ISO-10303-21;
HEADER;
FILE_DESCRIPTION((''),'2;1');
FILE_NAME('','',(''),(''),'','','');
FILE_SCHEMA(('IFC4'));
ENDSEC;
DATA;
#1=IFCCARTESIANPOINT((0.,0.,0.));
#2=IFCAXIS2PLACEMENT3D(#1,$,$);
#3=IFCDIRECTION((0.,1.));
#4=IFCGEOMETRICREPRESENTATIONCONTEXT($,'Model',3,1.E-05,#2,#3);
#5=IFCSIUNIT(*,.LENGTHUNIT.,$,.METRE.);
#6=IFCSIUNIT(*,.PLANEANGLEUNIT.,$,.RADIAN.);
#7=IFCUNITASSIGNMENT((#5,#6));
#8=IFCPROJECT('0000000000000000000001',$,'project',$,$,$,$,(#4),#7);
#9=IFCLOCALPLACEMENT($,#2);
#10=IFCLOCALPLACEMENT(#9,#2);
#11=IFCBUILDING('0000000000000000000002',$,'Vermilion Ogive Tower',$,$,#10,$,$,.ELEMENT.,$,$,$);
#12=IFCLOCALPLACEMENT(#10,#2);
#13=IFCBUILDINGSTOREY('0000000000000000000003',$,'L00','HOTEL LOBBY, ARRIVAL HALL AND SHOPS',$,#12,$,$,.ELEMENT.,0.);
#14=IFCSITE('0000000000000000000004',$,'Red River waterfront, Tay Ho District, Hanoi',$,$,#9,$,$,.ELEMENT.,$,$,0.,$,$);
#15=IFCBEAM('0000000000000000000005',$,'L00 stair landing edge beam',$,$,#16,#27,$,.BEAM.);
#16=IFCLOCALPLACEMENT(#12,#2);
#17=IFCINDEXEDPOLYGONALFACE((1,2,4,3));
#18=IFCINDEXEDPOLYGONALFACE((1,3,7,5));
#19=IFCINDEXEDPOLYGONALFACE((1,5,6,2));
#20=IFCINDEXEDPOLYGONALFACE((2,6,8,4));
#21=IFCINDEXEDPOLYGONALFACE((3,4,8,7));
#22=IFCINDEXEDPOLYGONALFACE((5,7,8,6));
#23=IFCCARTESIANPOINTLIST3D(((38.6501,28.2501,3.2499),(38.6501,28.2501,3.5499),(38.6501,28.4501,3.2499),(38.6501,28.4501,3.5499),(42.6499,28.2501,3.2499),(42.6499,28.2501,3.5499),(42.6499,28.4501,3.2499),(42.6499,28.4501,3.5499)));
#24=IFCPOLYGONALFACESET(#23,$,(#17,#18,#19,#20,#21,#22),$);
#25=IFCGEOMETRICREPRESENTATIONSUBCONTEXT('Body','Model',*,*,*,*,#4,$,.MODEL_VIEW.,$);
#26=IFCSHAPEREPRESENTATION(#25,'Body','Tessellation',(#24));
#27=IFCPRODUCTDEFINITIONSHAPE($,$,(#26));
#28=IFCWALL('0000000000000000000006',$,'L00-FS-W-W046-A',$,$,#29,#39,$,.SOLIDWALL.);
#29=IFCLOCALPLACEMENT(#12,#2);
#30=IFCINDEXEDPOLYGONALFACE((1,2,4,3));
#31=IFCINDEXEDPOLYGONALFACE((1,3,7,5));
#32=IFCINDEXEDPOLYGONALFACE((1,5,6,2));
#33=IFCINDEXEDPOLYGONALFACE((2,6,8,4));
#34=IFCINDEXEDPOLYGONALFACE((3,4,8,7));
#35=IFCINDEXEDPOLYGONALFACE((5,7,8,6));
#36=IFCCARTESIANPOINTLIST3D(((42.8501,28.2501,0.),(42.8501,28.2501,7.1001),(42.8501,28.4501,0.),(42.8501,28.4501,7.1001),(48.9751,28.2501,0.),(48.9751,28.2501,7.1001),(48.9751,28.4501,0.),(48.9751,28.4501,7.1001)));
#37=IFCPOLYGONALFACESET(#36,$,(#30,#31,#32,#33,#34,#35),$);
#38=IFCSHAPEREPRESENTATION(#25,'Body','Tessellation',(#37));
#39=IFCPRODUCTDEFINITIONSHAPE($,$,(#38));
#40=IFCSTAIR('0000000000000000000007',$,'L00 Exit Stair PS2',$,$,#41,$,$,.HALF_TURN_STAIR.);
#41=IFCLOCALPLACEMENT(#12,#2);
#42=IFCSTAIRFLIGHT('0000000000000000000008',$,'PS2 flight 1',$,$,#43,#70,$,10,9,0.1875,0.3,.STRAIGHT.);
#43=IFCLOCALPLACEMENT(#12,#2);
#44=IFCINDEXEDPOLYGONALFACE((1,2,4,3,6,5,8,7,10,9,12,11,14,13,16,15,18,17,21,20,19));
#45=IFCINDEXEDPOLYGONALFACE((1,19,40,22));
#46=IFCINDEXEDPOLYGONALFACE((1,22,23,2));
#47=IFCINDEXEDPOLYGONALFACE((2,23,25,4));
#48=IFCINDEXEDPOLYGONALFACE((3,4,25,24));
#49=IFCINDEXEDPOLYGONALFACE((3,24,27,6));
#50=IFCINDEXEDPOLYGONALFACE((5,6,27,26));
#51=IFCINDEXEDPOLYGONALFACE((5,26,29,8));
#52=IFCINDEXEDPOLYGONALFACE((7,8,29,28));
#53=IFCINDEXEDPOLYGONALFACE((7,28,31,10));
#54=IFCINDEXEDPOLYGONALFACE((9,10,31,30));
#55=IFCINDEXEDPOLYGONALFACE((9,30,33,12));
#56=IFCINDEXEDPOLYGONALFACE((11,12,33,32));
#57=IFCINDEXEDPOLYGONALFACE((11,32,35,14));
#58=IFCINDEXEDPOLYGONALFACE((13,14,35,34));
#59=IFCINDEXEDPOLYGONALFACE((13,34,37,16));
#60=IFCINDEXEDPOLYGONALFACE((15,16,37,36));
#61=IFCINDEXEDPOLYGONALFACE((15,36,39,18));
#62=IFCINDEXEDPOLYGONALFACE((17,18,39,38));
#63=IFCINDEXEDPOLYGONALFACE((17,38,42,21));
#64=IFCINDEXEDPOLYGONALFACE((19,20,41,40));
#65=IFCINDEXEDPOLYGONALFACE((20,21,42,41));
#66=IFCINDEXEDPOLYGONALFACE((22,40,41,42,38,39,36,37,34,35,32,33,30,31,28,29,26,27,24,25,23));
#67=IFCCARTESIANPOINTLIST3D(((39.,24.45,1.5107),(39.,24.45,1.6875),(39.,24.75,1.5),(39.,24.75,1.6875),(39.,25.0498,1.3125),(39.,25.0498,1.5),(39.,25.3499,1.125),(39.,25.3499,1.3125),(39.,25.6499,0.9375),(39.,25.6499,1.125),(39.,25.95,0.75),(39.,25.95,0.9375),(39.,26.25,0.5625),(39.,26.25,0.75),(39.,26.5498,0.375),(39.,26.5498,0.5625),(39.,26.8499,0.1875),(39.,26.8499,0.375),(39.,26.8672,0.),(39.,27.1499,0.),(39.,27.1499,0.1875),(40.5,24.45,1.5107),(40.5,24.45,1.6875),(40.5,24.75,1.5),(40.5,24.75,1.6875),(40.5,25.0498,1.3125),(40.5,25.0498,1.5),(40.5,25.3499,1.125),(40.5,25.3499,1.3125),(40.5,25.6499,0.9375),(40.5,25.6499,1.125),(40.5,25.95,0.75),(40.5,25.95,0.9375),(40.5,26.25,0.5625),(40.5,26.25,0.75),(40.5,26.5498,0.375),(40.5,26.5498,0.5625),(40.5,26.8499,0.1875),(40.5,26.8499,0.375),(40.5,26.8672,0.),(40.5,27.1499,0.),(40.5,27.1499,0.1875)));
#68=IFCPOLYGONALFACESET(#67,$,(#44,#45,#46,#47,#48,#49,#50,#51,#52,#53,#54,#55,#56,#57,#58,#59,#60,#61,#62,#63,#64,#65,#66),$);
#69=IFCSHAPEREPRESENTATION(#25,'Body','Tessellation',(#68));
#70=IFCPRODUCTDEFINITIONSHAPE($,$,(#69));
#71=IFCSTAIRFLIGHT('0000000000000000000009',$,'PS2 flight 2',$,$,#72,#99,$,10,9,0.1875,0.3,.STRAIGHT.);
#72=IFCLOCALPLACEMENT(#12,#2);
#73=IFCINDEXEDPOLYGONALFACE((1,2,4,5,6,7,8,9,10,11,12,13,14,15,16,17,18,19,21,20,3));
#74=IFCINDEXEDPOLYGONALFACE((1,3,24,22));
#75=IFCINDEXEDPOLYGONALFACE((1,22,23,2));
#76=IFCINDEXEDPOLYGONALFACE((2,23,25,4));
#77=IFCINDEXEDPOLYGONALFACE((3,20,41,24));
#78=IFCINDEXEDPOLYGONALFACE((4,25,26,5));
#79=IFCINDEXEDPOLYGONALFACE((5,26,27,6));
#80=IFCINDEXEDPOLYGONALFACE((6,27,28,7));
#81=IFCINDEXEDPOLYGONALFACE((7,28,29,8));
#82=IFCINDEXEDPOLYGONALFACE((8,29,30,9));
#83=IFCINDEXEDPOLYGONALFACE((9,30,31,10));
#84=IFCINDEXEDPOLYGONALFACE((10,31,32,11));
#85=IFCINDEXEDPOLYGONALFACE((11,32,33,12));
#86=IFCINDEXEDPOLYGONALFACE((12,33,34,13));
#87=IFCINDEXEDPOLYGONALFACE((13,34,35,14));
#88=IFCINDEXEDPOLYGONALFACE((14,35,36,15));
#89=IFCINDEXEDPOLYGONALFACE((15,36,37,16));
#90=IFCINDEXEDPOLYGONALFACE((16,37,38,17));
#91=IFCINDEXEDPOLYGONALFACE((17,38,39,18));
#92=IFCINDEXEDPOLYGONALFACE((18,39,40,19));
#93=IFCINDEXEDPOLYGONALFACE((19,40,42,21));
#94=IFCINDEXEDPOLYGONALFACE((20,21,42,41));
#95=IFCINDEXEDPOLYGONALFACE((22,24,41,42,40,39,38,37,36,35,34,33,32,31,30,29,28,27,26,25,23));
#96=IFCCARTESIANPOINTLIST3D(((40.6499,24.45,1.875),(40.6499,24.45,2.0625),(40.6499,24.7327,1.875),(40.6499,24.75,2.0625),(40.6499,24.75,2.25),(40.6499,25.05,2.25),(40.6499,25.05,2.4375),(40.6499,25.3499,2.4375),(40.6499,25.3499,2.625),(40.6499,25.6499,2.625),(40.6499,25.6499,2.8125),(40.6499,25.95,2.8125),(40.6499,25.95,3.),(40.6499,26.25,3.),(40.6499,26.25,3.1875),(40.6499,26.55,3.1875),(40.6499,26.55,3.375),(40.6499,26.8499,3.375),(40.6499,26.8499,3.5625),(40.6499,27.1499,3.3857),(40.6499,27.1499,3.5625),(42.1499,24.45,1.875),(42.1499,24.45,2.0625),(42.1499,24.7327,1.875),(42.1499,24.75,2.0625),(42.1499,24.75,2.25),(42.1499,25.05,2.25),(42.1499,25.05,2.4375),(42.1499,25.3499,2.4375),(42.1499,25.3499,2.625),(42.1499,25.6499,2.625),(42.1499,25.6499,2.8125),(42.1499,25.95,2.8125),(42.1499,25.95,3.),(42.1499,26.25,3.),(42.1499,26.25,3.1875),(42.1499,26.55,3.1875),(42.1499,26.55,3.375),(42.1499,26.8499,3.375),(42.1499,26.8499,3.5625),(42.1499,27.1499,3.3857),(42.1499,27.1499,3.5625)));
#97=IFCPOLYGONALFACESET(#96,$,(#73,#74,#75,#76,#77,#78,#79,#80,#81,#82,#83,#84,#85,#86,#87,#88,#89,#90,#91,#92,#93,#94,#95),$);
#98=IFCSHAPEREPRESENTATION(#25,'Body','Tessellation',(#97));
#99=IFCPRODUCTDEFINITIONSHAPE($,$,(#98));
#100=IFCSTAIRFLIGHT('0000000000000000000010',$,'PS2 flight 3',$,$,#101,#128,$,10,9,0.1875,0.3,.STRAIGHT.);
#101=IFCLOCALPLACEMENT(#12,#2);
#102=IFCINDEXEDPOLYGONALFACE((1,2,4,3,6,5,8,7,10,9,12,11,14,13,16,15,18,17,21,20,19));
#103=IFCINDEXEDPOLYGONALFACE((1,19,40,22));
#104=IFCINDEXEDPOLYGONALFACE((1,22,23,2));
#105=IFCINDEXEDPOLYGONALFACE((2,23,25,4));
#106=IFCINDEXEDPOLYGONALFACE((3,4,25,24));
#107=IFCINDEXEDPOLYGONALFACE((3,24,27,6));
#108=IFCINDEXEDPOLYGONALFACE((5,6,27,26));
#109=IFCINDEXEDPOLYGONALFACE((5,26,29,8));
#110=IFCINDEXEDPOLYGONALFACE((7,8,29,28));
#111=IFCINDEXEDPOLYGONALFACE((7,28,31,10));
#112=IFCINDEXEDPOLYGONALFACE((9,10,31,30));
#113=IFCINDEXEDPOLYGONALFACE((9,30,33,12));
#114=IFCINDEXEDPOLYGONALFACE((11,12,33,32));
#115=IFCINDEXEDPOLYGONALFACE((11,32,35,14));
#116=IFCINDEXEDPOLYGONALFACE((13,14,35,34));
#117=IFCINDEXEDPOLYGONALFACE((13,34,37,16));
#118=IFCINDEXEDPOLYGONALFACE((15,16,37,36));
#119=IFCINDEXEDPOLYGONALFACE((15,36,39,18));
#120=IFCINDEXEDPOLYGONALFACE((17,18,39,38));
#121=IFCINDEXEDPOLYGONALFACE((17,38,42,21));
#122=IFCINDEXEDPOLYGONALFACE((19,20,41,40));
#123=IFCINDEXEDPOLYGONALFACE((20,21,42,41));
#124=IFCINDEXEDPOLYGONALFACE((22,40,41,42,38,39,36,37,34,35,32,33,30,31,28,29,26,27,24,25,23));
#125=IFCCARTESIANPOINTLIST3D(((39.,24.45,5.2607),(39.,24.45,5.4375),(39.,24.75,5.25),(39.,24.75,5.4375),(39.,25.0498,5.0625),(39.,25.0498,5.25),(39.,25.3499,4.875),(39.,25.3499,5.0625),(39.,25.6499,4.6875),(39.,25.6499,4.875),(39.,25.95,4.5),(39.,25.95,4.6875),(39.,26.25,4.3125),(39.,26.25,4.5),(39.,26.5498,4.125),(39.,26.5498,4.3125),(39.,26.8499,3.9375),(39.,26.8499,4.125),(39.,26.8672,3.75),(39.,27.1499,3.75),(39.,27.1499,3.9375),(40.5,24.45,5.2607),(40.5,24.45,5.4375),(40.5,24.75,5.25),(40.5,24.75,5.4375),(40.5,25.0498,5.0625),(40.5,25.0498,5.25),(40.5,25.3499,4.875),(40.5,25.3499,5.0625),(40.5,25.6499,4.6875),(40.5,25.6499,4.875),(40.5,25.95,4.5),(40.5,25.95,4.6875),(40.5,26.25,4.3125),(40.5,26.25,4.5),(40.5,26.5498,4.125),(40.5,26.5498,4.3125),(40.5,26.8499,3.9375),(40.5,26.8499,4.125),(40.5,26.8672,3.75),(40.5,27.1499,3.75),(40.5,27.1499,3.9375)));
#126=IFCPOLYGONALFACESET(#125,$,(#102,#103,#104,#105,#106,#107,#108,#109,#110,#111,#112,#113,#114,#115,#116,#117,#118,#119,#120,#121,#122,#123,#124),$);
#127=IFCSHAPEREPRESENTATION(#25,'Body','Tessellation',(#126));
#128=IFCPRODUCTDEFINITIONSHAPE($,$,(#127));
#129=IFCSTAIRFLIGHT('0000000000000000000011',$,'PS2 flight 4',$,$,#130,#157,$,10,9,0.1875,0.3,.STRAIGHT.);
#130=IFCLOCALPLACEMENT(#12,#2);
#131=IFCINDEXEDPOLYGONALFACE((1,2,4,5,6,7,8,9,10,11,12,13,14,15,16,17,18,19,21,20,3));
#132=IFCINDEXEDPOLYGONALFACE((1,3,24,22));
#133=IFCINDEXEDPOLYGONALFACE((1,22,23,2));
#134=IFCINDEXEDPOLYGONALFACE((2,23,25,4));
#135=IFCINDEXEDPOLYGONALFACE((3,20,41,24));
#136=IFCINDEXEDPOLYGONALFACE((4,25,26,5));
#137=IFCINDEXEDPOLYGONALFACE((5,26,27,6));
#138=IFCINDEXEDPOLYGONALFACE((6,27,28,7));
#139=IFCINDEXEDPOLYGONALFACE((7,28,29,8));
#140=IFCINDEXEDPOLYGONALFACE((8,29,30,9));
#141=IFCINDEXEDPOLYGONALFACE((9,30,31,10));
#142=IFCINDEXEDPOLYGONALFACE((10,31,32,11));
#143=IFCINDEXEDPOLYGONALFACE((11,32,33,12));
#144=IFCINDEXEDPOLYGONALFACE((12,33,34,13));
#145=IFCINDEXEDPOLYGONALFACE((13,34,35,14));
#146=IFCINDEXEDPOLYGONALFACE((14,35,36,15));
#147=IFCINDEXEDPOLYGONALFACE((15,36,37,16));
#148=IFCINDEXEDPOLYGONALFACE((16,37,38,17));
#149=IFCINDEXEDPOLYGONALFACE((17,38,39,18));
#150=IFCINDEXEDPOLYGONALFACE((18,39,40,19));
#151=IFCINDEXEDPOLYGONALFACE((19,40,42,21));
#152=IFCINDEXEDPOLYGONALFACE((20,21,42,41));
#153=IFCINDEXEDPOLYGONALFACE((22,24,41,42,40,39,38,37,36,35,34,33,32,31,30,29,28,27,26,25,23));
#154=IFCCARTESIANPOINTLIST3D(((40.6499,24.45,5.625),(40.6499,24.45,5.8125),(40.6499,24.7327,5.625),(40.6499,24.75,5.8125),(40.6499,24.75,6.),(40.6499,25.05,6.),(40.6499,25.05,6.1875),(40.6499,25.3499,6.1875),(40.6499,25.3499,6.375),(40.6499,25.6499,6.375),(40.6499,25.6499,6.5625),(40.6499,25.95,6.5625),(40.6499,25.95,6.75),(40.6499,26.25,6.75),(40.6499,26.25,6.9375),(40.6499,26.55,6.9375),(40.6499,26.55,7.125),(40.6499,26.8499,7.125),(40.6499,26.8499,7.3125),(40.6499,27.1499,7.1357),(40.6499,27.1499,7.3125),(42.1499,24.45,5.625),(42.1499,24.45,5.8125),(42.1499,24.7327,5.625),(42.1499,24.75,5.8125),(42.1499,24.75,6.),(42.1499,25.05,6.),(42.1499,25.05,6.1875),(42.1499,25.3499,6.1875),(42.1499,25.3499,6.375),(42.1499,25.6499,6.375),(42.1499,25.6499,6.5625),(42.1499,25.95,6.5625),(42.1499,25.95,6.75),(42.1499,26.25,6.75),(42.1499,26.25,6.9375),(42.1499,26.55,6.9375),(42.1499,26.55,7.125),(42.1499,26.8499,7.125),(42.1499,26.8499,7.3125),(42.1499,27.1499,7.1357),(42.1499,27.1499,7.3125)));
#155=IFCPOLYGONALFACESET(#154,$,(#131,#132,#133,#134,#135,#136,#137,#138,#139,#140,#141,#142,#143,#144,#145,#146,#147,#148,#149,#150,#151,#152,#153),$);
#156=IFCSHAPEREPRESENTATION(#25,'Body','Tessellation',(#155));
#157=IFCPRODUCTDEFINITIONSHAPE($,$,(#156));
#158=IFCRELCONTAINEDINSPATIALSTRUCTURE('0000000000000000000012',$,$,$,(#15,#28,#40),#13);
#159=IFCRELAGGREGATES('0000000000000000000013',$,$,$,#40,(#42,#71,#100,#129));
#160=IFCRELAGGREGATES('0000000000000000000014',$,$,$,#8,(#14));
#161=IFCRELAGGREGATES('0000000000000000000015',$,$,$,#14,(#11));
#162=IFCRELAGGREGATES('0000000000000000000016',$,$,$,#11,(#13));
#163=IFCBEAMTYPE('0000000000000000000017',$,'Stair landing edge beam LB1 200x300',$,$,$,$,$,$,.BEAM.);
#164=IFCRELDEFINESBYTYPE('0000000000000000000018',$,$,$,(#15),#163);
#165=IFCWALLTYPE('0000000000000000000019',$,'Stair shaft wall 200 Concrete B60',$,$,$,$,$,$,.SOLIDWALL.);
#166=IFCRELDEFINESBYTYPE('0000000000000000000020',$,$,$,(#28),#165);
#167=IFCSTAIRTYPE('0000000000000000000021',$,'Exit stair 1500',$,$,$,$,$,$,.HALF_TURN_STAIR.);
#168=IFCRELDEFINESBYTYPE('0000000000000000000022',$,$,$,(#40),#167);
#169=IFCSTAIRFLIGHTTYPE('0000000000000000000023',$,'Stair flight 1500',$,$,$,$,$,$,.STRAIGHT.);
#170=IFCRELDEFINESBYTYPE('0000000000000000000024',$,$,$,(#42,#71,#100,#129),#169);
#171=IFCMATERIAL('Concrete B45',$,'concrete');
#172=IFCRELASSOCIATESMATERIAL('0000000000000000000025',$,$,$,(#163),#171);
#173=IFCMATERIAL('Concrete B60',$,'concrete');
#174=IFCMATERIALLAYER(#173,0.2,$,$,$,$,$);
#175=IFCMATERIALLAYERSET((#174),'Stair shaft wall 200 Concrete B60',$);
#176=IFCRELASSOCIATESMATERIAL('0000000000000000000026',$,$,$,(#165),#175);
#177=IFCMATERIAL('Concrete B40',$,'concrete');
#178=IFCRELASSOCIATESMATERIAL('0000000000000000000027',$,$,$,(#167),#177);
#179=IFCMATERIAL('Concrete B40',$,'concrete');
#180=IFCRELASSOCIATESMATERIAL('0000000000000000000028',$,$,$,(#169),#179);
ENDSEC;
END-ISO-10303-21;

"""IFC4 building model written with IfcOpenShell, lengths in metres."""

from ifc_helpers import new_model, si_unit, direction, frame, frame_2d, origin, origin_2d, place, context, subcontext, project, spatial, polyline, rectangle, outline, extrude, material, layer, layer_set, material_profile, profile_set, type_object, element, aggregate, save


model = new_model("IFC4")

# Units and contexts
model_context = context("Model", 3, precision=1e-05, world=origin(), true_north=direction((0.0, 1.0)))
body_context = subcontext(model_context, "Body", "Model", "MODEL_VIEW")
ifc_project = project(units=[si_unit("LENGTHUNIT", "METRE"), si_unit("PLANEANGLEUNIT", "RADIAN")], contexts=[model_context])

# Site, building, storey
site_placement = place(None, origin())
site = spatial("IfcSite", under=ifc_project, at=site_placement, Name="Red River waterfront, Tay Ho District, Hanoi", CompositionType="ELEMENT", RefElevation=0.0)
building_placement = place(site_placement, origin())
building = spatial("IfcBuilding", under=site, at=building_placement, Name="Vermilion Ogive Tower", CompositionType="ELEMENT")
storey_placement = place(building_placement, origin())
storey = spatial("IfcBuildingStorey", under=building, at=storey_placement, Name="L00", Description="HOTEL LOBBY, ARRIVAL HALL AND SHOPS", CompositionType="ELEMENT", Elevation=0.0)

# Beam
ifc_material_1 = material(Name="Concrete B45", Category="concrete")
ifc_material_profile = material_profile(ifc_material_1, rectangle(XDim=0.2, YDim=0.3, at=origin_2d()), Name="RC 200x300")
ifc_profile_set = profile_set([ifc_material_profile], Name="Concrete B45")
beam_type = type_object("IfcBeamType", Name="Stair landing edge beam LB1 200x300", PredefinedType="BEAM", material=ifc_profile_set)
beam_placement = place(storey_placement, frame((38.6501, 28.3501, 3.3999), z_axis=(1.0, 0.0, 0.0), x_axis=(0.0, 1.0, 0.0)))
element("IfcBeam", 1, at=beam_placement, inside=storey, type_object=beam_type, Name="L00 stair landing edge beam", PredefinedType="BEAM", context=body_context, shape_type="SweptSolid", body=[
    extrude(rectangle(XDim=0.2, YDim=0.3, at=origin_2d()), origin(), (0.0, 0.0, 1.0), 3.9998),
])

# Wall
ifc_material_2 = material(Name="Concrete B60", Category="concrete")
ifc_layer = layer(ifc_material_2, 0.2)
ifc_layer_set = layer_set([ifc_layer], Name="Stair shaft wall 200 Concrete B60")
wall_type = type_object("IfcWallType", Name="Stair shaft wall 200 Concrete B60", PredefinedType="SOLIDWALL", material=ifc_layer_set)
wall_placement = place(storey_placement, frame((42.8501, 28.3501, 0.0), z_axis=(0.0, 0.0, 1.0), x_axis=(1.0, 0.0, 0.0)))
element("IfcWall", 2, at=wall_placement, inside=storey, type_object=wall_type, Name="L00-FS-W-W046-A", PredefinedType="SOLIDWALL", context=body_context, shape_type="SweptSolid", body=[
    extrude(rectangle(XDim=6.125, YDim=0.2, at=frame_2d((3.0625, 0.0))), origin(), (0.0, 0.0, 1.0), 7.1001),
])

# Stair, stair flights
ifc_material_3 = material(Name="Concrete B40", Category="concrete")
stair_type = type_object("IfcStairType", Name="Exit stair 1500", PredefinedType="HALF_TURN_STAIR", material=ifc_material_3)
stair_1_placement = place(storey_placement, origin())
stair_1 = element("IfcStair", 3, at=stair_1_placement, inside=storey, type_object=stair_type, Name="L00 Exit Stair PS2", PredefinedType="HALF_TURN_STAIR")
ifc_material_4 = material(Name="Concrete B40", Category="concrete")
stair_flight_type = type_object("IfcStairFlightType", Name="Stair flight 1500", PredefinedType="STRAIGHT", material=ifc_material_4)
stair_flight_1_placement = place(storey_placement, frame((39.75, 27.1499, 0.0), z_axis=(0.0, 0.0, 1.0), x_axis=(0.0, -1.0, 0.0)))
stair_flight_1 = element("IfcStairFlight", 4, at=stair_flight_1_placement, type_object=stair_flight_type, Name="PS2 flight 1", NumberOfRisers=10, NumberOfTreads=9, PredefinedType="STRAIGHT", RiserHeight=0.1875, TreadLength=0.3, context=body_context, shape_type="SweptSolid", body=[
    extrude(outline(polyline([(0.0, 0.0), (0.0, 0.1875), (0.3, 0.1875), (0.3, 0.375), (0.6001, 0.375), (0.6001, 0.5625), (0.8999, 0.5625), (0.8999, 0.75), (1.2, 0.75), (1.2, 0.9375), (1.5, 0.9375), (1.5, 1.125), (1.8, 1.125), (1.8, 1.3125), (2.1001, 1.3125), (2.1001, 1.5), (2.3999, 1.5), (2.3999, 1.6875), (2.7, 1.6875), (2.7, 1.875), (2.7, 1.5107), (0.2827, 0.0), (0.0, 0.0)])), frame((0.0, 0.75, 0.0), z_axis=(0.0, -1.0, 0.0), x_axis=(1.0, 0.0, 0.0)), (0.0, 0.0, 1.0), 1.5),
])
stair_flight_2_placement = place(storey_placement, frame((41.3999, 24.45, 1.875), z_axis=(0.0, 0.0, 1.0), x_axis=(0.0, 1.0, 0.0)))
stair_flight_2 = element("IfcStairFlight", 5, at=stair_flight_2_placement, type_object=stair_flight_type, Name="PS2 flight 2", NumberOfRisers=10, NumberOfTreads=9, PredefinedType="STRAIGHT", RiserHeight=0.1875, TreadLength=0.3, context=body_context, shape_type="SweptSolid", body=[
    extrude(outline(polyline([(0.0, 0.0), (0.0, 0.1875), (0.3, 0.1875), (0.3, 0.375), (0.6001, 0.375), (0.6001, 0.5625), (0.8999, 0.5625), (0.8999, 0.75), (1.2, 0.75), (1.2, 0.9375), (1.5, 0.9375), (1.5, 1.125), (1.8, 1.125), (1.8, 1.3125), (2.1001, 1.3125), (2.1001, 1.5), (2.3999, 1.5), (2.3999, 1.6875), (2.7, 1.6875), (2.7, 1.875), (2.7, 1.5107), (0.2827, 0.0), (0.0, 0.0)])), frame((0.0, 0.75, 0.0), z_axis=(0.0, -1.0, 0.0), x_axis=(1.0, 0.0, 0.0)), (0.0, 0.0, 1.0), 1.5),
])
stair_flight_3_placement = place(storey_placement, frame((39.75, 27.1499, 3.75), z_axis=(0.0, 0.0, 1.0), x_axis=(0.0, -1.0, 0.0)))
stair_flight_3 = element("IfcStairFlight", 6, at=stair_flight_3_placement, type_object=stair_flight_type, Name="PS2 flight 3", NumberOfRisers=10, NumberOfTreads=9, PredefinedType="STRAIGHT", RiserHeight=0.1875, TreadLength=0.3, context=body_context, shape_type="SweptSolid", body=[
    extrude(outline(polyline([(0.0, 0.0), (0.0, 0.1875), (0.3, 0.1875), (0.3, 0.375), (0.6001, 0.375), (0.6001, 0.5625), (0.8999, 0.5625), (0.8999, 0.75), (1.2, 0.75), (1.2, 0.9375), (1.5, 0.9375), (1.5, 1.125), (1.8, 1.125), (1.8, 1.3125), (2.1001, 1.3125), (2.1001, 1.5), (2.3999, 1.5), (2.3999, 1.6875), (2.7, 1.6875), (2.7, 1.875), (2.7, 1.5107), (0.2827, 0.0), (0.0, 0.0)])), frame((0.0, 0.75, 0.0), z_axis=(0.0, -1.0, 0.0), x_axis=(1.0, 0.0, 0.0)), (0.0, 0.0, 1.0), 1.5),
])
stair_flight_4_placement = place(storey_placement, frame((41.3999, 24.45, 5.625), z_axis=(0.0, 0.0, 1.0), x_axis=(0.0, 1.0, 0.0)))
stair_flight_4 = element("IfcStairFlight", 7, at=stair_flight_4_placement, type_object=stair_flight_type, Name="PS2 flight 4", NumberOfRisers=10, NumberOfTreads=9, PredefinedType="STRAIGHT", RiserHeight=0.1875, TreadLength=0.3, context=body_context, shape_type="SweptSolid", body=[
    extrude(outline(polyline([(0.0, 0.0), (0.0, 0.1875), (0.3, 0.1875), (0.3, 0.375), (0.6001, 0.375), (0.6001, 0.5625), (0.8999, 0.5625), (0.8999, 0.75), (1.2, 0.75), (1.2, 0.9375), (1.5, 0.9375), (1.5, 1.125), (1.8, 1.125), (1.8, 1.3125), (2.1001, 1.3125), (2.1001, 1.5), (2.3999, 1.5), (2.3999, 1.6875), (2.7, 1.6875), (2.7, 1.875), (2.7, 1.5107), (0.2827, 0.0), (0.0, 0.0)])), frame((0.0, 0.75, 0.0), z_axis=(0.0, -1.0, 0.0), x_axis=(1.0, 0.0, 0.0)), (0.0, 0.0, 1.0), 1.5),
])
aggregate(stair_1, [stair_flight_1, stair_flight_2, stair_flight_3, stair_flight_4])

save(model, "model.ifc")
